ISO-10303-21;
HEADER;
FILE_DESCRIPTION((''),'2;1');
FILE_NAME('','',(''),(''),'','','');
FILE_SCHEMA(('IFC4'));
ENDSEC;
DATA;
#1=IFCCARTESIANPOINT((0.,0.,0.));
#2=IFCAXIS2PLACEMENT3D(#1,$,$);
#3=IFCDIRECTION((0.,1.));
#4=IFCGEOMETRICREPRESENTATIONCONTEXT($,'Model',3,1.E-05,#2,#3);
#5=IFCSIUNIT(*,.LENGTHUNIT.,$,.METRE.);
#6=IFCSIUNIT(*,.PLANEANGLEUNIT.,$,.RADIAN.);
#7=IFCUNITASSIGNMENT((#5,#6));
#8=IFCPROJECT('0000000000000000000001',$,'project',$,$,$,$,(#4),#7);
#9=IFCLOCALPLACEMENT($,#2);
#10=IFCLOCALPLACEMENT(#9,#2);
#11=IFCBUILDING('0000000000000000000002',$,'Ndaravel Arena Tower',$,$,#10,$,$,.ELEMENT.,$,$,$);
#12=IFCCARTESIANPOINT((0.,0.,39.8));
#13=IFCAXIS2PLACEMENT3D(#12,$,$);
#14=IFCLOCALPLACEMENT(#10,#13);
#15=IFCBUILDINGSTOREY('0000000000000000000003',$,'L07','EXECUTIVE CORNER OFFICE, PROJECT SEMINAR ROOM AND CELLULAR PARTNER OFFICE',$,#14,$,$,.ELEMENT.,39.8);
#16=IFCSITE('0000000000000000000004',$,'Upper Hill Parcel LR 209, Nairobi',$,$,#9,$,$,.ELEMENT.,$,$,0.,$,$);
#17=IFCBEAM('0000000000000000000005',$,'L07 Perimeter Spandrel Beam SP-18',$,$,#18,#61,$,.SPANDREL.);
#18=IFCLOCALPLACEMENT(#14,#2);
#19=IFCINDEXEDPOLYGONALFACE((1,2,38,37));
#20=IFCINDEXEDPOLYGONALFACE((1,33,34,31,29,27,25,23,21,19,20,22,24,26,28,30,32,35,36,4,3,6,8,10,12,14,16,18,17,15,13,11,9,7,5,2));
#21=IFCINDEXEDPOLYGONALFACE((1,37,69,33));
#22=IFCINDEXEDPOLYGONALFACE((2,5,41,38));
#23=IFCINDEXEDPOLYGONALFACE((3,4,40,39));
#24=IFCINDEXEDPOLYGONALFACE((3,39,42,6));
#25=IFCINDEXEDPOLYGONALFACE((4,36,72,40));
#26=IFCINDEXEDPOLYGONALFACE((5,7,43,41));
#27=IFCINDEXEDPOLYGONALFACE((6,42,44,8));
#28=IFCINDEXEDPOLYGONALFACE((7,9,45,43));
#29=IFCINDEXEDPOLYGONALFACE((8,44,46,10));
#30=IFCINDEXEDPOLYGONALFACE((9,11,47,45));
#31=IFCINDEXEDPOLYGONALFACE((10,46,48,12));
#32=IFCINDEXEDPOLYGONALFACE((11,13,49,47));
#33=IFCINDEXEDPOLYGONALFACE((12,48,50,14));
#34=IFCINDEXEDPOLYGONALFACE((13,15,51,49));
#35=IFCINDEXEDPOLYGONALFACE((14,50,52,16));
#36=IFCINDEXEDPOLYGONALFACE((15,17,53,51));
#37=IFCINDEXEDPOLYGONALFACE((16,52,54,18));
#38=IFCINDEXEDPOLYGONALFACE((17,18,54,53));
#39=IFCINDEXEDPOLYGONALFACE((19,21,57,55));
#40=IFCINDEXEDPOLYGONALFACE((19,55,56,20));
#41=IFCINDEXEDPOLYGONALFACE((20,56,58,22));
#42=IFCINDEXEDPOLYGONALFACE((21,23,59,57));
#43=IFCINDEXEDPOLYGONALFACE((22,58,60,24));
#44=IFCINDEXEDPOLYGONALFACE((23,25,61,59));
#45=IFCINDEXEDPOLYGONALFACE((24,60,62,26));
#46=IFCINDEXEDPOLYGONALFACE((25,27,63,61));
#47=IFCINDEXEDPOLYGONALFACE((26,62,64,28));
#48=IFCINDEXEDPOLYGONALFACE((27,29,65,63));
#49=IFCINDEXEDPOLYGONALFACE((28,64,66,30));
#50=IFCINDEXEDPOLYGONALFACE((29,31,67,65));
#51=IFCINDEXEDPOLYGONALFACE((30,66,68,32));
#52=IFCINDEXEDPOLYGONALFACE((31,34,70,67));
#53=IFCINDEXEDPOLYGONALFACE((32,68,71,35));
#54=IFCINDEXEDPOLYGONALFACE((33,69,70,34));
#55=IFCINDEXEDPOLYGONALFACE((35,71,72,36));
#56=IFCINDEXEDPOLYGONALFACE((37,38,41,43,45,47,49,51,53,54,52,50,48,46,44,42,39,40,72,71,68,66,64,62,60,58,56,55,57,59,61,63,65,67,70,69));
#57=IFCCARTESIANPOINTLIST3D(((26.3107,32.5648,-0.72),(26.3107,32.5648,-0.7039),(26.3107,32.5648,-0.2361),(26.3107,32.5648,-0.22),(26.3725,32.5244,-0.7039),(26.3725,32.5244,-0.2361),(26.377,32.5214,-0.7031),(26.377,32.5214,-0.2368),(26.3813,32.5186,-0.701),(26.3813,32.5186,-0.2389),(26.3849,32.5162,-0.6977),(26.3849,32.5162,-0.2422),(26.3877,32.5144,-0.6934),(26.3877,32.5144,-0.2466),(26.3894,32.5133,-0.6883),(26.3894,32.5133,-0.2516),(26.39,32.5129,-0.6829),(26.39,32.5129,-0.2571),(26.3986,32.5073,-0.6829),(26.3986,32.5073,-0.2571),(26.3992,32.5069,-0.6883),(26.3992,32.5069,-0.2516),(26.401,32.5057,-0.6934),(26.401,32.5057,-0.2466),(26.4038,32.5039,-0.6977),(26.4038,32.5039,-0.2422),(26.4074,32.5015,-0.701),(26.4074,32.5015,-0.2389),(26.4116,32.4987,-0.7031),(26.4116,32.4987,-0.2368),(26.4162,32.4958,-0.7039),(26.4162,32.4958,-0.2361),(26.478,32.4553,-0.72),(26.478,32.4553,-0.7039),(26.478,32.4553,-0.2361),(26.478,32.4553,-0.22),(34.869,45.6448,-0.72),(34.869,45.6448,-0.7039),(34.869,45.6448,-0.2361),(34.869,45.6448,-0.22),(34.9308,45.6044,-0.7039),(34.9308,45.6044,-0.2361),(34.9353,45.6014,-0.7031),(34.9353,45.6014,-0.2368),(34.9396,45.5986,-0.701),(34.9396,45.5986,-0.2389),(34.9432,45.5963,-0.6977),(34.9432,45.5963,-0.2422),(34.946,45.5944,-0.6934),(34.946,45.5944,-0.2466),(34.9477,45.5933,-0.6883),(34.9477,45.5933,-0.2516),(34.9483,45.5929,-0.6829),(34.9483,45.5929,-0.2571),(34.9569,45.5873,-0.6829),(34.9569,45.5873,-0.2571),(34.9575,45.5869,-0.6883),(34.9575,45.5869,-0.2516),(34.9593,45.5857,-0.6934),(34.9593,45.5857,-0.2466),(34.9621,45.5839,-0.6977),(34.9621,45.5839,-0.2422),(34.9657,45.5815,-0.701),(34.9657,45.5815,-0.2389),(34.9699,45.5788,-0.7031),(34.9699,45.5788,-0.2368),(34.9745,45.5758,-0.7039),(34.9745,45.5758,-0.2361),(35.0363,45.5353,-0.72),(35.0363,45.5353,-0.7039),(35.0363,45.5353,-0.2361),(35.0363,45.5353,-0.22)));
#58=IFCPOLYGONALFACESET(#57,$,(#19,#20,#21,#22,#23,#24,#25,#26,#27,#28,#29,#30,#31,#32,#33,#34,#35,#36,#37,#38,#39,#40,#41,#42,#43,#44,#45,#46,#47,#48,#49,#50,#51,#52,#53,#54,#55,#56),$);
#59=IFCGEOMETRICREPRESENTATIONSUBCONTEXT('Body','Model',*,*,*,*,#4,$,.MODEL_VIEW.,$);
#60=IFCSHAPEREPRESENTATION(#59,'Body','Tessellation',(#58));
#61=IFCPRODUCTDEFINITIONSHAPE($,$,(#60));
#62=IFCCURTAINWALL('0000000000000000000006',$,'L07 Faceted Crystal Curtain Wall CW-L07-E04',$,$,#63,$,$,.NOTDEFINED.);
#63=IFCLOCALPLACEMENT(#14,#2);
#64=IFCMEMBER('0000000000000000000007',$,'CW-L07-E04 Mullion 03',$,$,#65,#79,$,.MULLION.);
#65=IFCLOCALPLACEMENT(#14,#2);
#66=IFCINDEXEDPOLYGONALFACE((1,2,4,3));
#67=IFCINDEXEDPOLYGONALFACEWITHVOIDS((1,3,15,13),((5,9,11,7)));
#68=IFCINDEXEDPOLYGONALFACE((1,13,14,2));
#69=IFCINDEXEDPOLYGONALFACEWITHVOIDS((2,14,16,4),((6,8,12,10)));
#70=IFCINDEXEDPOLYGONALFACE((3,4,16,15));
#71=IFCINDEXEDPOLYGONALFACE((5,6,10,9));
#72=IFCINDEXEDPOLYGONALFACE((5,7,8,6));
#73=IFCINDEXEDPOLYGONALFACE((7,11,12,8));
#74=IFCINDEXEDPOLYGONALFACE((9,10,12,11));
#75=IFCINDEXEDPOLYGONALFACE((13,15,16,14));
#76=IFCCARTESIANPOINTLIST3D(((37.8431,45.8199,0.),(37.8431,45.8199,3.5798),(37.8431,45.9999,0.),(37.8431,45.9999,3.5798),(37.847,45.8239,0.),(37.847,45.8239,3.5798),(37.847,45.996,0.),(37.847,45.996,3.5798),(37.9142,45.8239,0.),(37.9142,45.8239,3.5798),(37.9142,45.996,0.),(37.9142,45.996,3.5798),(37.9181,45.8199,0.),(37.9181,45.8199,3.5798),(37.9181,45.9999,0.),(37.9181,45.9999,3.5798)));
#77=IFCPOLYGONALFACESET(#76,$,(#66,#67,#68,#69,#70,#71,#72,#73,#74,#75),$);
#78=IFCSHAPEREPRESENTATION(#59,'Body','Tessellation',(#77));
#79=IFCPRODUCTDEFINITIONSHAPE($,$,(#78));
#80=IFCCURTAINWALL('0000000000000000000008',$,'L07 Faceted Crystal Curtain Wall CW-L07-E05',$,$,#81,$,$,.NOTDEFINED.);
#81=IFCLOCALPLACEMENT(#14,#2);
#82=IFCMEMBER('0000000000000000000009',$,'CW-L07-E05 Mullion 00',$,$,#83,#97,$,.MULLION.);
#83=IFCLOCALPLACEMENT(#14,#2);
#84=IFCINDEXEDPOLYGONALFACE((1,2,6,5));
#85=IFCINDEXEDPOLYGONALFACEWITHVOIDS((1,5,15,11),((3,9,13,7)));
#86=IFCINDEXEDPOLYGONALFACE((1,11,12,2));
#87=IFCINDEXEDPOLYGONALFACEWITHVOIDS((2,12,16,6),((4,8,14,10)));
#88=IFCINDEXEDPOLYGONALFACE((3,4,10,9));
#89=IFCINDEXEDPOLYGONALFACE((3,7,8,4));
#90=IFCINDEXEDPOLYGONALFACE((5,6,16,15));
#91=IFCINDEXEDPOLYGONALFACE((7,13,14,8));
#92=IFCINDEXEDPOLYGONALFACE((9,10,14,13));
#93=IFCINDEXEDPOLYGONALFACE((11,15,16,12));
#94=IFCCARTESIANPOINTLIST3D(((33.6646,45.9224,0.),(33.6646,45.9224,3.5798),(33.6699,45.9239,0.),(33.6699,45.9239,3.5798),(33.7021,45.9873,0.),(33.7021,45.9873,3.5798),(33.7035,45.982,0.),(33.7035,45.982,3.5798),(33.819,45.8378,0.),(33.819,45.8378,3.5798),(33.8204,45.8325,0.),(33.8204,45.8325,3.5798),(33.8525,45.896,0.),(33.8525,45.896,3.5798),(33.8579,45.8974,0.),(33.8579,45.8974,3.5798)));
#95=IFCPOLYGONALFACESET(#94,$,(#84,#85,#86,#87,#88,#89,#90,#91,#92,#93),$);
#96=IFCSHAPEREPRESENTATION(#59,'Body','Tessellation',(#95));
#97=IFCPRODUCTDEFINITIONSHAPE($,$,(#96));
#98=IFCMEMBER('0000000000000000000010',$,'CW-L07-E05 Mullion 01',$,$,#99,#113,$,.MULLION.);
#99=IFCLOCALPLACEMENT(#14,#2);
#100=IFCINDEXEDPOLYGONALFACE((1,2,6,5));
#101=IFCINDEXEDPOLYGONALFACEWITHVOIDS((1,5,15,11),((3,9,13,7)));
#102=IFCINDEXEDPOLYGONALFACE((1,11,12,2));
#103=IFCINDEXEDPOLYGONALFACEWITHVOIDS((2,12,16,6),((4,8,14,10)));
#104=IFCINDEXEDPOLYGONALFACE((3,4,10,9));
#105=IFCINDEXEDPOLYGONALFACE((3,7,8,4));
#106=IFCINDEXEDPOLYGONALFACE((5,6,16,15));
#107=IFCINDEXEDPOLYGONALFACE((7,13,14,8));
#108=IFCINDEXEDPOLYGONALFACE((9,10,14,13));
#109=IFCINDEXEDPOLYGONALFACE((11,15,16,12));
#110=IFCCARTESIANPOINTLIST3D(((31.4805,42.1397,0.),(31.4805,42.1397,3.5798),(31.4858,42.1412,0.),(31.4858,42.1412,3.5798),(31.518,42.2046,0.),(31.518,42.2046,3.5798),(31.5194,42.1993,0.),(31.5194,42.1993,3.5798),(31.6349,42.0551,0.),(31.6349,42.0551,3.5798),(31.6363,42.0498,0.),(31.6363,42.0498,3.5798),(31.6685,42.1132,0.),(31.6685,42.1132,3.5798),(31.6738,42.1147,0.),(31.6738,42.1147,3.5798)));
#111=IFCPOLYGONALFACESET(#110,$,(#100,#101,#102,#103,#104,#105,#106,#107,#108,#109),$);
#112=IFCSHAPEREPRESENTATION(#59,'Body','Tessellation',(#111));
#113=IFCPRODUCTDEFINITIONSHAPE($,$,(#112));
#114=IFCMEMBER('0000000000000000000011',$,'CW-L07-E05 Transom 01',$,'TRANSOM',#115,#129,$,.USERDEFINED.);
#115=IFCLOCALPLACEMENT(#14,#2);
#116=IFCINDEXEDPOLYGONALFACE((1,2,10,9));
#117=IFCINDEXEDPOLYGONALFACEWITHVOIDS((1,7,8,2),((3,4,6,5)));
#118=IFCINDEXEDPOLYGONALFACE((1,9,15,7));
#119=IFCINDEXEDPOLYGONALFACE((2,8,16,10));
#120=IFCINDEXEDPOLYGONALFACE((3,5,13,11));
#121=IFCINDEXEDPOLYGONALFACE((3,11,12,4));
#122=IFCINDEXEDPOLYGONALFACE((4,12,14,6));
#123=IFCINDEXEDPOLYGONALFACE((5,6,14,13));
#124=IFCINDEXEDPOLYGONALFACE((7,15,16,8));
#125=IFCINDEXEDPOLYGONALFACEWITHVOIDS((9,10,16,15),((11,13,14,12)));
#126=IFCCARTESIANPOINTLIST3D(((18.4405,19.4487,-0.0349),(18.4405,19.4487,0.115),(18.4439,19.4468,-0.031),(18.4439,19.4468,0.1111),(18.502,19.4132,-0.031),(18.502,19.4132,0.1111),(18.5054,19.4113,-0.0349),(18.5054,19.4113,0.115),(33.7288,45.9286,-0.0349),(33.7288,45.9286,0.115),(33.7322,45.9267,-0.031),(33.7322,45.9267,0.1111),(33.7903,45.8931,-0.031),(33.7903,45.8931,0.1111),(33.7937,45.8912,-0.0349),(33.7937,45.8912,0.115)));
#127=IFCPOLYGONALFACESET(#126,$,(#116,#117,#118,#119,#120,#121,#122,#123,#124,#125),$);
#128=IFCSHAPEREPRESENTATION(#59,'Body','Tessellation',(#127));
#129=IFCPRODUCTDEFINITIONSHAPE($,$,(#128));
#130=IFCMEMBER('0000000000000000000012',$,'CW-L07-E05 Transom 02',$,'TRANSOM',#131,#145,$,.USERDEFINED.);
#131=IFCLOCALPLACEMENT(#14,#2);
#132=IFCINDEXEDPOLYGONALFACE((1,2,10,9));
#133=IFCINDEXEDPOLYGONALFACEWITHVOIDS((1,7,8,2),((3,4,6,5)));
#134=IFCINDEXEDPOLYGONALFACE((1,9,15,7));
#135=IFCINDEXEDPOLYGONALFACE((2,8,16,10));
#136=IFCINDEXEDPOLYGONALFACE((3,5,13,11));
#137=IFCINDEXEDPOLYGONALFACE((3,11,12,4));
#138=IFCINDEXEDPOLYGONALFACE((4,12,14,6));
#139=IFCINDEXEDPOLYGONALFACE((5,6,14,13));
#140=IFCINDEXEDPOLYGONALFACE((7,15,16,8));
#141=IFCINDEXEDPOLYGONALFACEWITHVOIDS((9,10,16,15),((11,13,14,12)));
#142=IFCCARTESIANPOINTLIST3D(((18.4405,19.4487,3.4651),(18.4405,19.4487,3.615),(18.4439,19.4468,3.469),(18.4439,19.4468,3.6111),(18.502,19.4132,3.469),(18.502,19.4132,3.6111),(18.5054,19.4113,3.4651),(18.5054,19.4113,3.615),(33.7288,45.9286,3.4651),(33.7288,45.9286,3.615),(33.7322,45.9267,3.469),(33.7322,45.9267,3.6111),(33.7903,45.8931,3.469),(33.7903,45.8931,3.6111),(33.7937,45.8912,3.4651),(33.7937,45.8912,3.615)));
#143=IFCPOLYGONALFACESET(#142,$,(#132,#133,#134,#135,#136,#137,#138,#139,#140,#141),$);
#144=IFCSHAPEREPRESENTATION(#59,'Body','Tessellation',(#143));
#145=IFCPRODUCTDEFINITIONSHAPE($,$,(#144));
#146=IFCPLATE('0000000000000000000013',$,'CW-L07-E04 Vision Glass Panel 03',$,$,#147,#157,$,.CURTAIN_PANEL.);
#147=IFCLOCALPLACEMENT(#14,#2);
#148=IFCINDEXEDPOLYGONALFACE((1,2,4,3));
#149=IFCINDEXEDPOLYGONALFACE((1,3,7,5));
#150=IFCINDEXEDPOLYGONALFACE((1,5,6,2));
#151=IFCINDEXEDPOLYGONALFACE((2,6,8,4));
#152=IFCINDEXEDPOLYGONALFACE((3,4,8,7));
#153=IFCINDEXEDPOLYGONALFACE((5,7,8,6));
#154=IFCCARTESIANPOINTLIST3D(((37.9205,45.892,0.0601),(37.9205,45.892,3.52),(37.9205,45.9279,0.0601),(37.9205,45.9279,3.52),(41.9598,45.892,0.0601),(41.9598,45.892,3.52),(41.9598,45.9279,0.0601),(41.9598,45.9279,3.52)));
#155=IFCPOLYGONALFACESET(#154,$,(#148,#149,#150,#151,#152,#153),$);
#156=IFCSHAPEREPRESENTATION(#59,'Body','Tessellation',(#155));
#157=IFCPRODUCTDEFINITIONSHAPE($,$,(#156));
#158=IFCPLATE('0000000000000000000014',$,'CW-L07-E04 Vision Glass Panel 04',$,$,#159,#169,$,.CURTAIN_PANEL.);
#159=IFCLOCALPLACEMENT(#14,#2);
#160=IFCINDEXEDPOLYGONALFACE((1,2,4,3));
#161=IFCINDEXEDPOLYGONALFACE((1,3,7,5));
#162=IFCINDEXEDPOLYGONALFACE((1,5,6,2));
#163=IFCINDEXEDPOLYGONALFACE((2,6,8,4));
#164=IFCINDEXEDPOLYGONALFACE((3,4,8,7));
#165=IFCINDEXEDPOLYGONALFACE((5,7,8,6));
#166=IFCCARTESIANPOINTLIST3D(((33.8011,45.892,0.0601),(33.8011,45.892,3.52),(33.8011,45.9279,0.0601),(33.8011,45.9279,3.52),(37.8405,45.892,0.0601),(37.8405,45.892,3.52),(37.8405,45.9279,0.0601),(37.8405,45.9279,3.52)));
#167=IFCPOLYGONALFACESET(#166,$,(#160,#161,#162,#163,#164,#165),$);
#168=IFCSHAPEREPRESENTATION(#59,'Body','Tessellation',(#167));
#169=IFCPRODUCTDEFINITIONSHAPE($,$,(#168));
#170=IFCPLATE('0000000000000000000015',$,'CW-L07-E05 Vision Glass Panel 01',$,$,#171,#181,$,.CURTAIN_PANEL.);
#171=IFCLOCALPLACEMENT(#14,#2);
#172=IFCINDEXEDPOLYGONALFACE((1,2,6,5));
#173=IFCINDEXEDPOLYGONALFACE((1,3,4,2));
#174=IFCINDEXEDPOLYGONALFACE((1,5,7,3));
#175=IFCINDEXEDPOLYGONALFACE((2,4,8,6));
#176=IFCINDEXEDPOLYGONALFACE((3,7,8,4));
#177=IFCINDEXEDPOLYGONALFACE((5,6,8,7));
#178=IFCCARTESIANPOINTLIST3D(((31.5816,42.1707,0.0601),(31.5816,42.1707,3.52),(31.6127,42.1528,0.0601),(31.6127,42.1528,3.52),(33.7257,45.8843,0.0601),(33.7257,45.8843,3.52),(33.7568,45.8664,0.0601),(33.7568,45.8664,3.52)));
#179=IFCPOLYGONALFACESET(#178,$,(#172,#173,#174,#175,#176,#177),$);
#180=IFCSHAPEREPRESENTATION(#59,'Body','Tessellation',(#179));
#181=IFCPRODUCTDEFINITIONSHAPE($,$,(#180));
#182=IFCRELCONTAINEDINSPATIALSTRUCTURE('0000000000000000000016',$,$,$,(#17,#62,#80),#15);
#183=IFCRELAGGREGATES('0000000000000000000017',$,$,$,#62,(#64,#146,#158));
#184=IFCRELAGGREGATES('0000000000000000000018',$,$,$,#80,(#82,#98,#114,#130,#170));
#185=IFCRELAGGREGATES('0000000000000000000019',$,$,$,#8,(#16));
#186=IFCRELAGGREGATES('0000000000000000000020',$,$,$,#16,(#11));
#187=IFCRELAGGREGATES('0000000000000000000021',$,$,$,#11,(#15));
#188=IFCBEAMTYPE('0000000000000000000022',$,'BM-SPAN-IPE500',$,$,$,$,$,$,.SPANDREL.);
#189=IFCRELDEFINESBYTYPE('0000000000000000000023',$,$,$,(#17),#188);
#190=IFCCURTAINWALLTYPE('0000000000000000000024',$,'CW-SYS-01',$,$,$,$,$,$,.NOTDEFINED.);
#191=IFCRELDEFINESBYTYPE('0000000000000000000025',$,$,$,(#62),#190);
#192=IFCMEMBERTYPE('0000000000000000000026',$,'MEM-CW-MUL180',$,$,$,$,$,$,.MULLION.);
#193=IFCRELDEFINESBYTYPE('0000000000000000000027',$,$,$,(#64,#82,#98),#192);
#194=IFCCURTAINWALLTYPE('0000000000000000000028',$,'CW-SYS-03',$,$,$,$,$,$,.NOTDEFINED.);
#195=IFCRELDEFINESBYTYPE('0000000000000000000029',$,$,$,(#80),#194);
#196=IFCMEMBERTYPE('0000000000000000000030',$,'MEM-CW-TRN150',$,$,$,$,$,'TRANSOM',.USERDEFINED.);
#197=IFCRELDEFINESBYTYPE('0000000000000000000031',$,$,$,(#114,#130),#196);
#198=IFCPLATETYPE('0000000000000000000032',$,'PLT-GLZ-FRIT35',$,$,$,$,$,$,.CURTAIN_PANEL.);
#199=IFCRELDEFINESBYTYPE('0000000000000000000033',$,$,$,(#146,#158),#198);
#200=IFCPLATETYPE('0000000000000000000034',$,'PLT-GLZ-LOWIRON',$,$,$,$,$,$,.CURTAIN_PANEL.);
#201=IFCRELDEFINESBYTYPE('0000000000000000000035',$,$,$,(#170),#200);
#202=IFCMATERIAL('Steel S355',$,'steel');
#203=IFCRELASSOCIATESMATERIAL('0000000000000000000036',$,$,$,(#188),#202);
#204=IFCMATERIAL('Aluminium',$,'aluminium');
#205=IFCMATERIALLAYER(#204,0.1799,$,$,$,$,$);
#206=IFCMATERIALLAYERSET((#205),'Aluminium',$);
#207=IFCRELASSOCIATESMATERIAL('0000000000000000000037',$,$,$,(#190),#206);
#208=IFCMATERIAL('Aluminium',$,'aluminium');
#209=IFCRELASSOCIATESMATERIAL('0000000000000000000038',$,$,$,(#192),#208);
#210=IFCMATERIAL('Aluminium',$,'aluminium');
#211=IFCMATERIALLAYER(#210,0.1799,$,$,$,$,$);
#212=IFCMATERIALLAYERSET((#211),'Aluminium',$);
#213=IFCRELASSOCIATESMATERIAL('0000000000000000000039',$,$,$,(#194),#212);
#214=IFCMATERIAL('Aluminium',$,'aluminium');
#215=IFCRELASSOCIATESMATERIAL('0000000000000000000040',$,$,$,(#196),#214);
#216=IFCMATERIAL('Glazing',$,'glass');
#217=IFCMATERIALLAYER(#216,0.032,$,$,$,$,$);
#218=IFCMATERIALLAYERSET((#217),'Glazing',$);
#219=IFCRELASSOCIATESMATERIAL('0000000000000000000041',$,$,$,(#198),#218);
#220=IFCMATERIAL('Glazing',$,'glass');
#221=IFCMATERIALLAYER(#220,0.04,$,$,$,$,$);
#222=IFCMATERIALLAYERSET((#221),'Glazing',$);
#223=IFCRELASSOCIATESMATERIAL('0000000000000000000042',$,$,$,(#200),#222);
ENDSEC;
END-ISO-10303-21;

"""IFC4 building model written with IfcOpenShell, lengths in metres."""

from ifc_helpers import new_model, si_unit, direction, frame, origin, origin_2d, place, context, subcontext, project, spatial, rectangle, hollow_rectangle, i_section, extrude, material, layer, layer_set, material_profile, profile_set, type_object, element, aggregate, save


model = new_model("IFC4")

# Units and contexts
model_context = context("Model", 3, precision=1e-05, world=origin(), true_north=direction((0.0, 1.0)))
body_context = subcontext(model_context, "Body", "Model", "MODEL_VIEW")
ifc_project = project(units=[si_unit("LENGTHUNIT", "METRE"), si_unit("PLANEANGLEUNIT", "RADIAN")], contexts=[model_context])

# Site, building, storey
site_placement = place(None, origin())
site = spatial("IfcSite", under=ifc_project, at=site_placement, Name="Upper Hill Parcel LR 209, Nairobi", CompositionType="ELEMENT", RefElevation=0.0)
building_placement = place(site_placement, origin())
building = spatial("IfcBuilding", under=site, at=building_placement, Name="Ndaravel Arena Tower", CompositionType="ELEMENT")
storey_placement = place(building_placement, frame((0.0, 0.0, 39.8)))
storey = spatial("IfcBuildingStorey", under=building, at=storey_placement, Name="L07", Description="EXECUTIVE CORNER OFFICE, PROJECT SEMINAR ROOM AND CELLULAR PARTNER OFFICE", CompositionType="ELEMENT", Elevation=39.8)

# Beam
ifc_material_1 = material(Name="Steel S355", Category="steel")
ifc_material_profile_1 = material_profile(ifc_material_1, i_section(OverallWidth=0.2, OverallDepth=0.5, WebThickness=0.0103, FlangeThickness=0.0161, FilletRadius=0.021, at=origin_2d()), Name="IPE 500")
ifc_profile_set_1 = profile_set([ifc_material_profile_1], Name="Steel S355")
beam_type_1 = type_object("IfcBeamType", Name="BM-SPAN-IPE500", PredefinedType="SPANDREL", material=ifc_profile_set_1)
beam_1_placement = place(storey_placement, frame((34.9526, 45.5901, -0.47), z_axis=(-0.547518, -0.836794, 0.0), x_axis=(0.836794, -0.547518, 0.0)))
element("IfcBeam", 1, at=beam_1_placement, inside=storey, type_object=beam_type_1, Name="L07 Perimeter Spandrel Beam SP-18", PredefinedType="SPANDREL", context=body_context, shape_type="SweptSolid", body=[
    extrude(i_section(OverallWidth=0.2, OverallDepth=0.5, WebThickness=0.0103, FlangeThickness=0.0161, FilletRadius=0.021, at=origin_2d()), origin(), (0.0, 0.0, 1.0), 15.6311),
])

# Curtain wall, member
ifc_material_2 = material(Name="Aluminium", Category="aluminium")
ifc_layer_1 = layer(ifc_material_2, 0.1799)
ifc_layer_set_1 = layer_set([ifc_layer_1], Name="Aluminium")
curtain_wall_type_1 = type_object("IfcCurtainWallType", Name="CW-SYS-01", PredefinedType="NOTDEFINED", material=ifc_layer_set_1)
curtain_wall_1_placement = place(storey_placement, origin())
curtain_wall_1 = element("IfcCurtainWall", 2, at=curtain_wall_1_placement, inside=storey, type_object=curtain_wall_type_1, Name="L07 Faceted Crystal Curtain Wall CW-L07-E04", PredefinedType="NOTDEFINED")
ifc_material_3 = material(Name="Aluminium", Category="aluminium")
ifc_material_profile_2 = material_profile(ifc_material_3, hollow_rectangle(XDim=0.075, YDim=0.1799, WallThickness=0.0039, at=origin_2d()), Name="CW MULLION 75x180x4")
ifc_profile_set_2 = profile_set([ifc_material_profile_2], Name="Aluminium")
member_type_1 = type_object("IfcMemberType", Name="MEM-CW-MUL180", PredefinedType="MULLION", material=ifc_profile_set_2)
member_1_placement = place(storey_placement, frame((37.8806, 45.9099, 0.0), z_axis=(0.0, 0.0, 1.0), x_axis=(-1.0, 0.0, 0.0)))
member_1 = element("IfcMember", 3, at=member_1_placement, type_object=member_type_1, Name="CW-L07-E04 Mullion 03", PredefinedType="MULLION", context=body_context, shape_type="SweptSolid", body=[
    extrude(hollow_rectangle(XDim=0.075, YDim=0.1799, WallThickness=0.0039, at=origin_2d()), origin(), (0.0, 0.0, 1.0), 3.5798),
])

# Curtain wall, members
ifc_material_4 = material(Name="Aluminium", Category="aluminium")
ifc_layer_2 = layer(ifc_material_4, 0.1799)
ifc_layer_set_2 = layer_set([ifc_layer_2], Name="Aluminium")
curtain_wall_type_2 = type_object("IfcCurtainWallType", Name="CW-SYS-03", PredefinedType="NOTDEFINED", material=ifc_layer_set_2)
curtain_wall_2_placement = place(storey_placement, origin())
curtain_wall_2 = element("IfcCurtainWall", 4, at=curtain_wall_2_placement, inside=storey, type_object=curtain_wall_type_2, Name="L07 Faceted Crystal Curtain Wall CW-L07-E05", PredefinedType="NOTDEFINED")
member_2_placement = place(storey_placement, frame((33.7612, 45.9099, 0.0), z_axis=(0.0, 0.0, 1.0), x_axis=(-0.5, -0.866025, 0.0)))
member_2 = element("IfcMember", 5, at=member_2_placement, type_object=member_type_1, Name="CW-L07-E05 Mullion 00", PredefinedType="MULLION", context=body_context, shape_type="SweptSolid", body=[
    extrude(hollow_rectangle(XDim=0.075, YDim=0.1799, WallThickness=0.0039, at=origin_2d()), origin(), (0.0, 0.0, 1.0), 3.5798),
])
member_3_placement = place(storey_placement, frame((31.5771, 42.1272, 0.0), z_axis=(0.0, 0.0, 1.0), x_axis=(-0.5, -0.866025, 0.0)))
member_3 = element("IfcMember", 6, at=member_3_placement, type_object=member_type_1, Name="CW-L07-E05 Mullion 01", PredefinedType="MULLION", context=body_context, shape_type="SweptSolid", body=[
    extrude(hollow_rectangle(XDim=0.075, YDim=0.1799, WallThickness=0.0039, at=origin_2d()), origin(), (0.0, 0.0, 1.0), 3.5798),
])
ifc_material_5 = material(Name="Aluminium", Category="aluminium")
ifc_material_profile_3 = material_profile(ifc_material_5, hollow_rectangle(XDim=0.075, YDim=0.1499, WallThickness=0.0039, at=origin_2d()), Name="CW TRANSOM 75x150x4")
ifc_profile_set_3 = profile_set([ifc_material_profile_3], Name="Aluminium")
member_type_2 = type_object("IfcMemberType", Name="MEM-CW-TRN150", ElementType="TRANSOM", PredefinedType="USERDEFINED", material=ifc_profile_set_3)
member_4_placement = place(storey_placement, frame((33.7612, 45.9099, 0.04), z_axis=(-0.500003, -0.866024, 0.0), x_axis=(0.866024, -0.500003, 0.0)))
member_4 = element("IfcMember", 7, at=member_4_placement, type_object=member_type_2, Name="CW-L07-E05 Transom 01", ObjectType="TRANSOM", PredefinedType="USERDEFINED", context=body_context, shape_type="SweptSolid", body=[
    extrude(hollow_rectangle(XDim=0.075, YDim=0.1499, WallThickness=0.0039, at=origin_2d()), origin(), (0.0, 0.0, 1.0), 30.5764),
])
member_5_placement = place(storey_placement, frame((33.7612, 45.9099, 3.54), z_axis=(-0.500003, -0.866024, 0.0), x_axis=(0.866024, -0.500003, 0.0)))
member_5 = element("IfcMember", 8, at=member_5_placement, type_object=member_type_2, Name="CW-L07-E05 Transom 02", ObjectType="TRANSOM", PredefinedType="USERDEFINED", context=body_context, shape_type="SweptSolid", body=[
    extrude(hollow_rectangle(XDim=0.075, YDim=0.1499, WallThickness=0.0039, at=origin_2d()), origin(), (0.0, 0.0, 1.0), 30.5764),
])

# Plates
ifc_material_6 = material(Name="Glazing", Category="glass")
ifc_layer_3 = layer(ifc_material_6, 0.032)
ifc_layer_set_3 = layer_set([ifc_layer_3], Name="Glazing")
plate_type_1 = type_object("IfcPlateType", Name="PLT-GLZ-FRIT35", PredefinedType="CURTAIN_PANEL", material=ifc_layer_set_3)
plate_1_placement = place(storey_placement, frame((39.9402, 45.9099, 0.0601), z_axis=(0.0, 0.0, 1.0), x_axis=(-1.0, 0.0, 0.0)))
plate_1 = element("IfcPlate", 9, at=plate_1_placement, type_object=plate_type_1, Name="CW-L07-E04 Vision Glass Panel 03", PredefinedType="CURTAIN_PANEL", context=body_context, shape_type="SweptSolid", body=[
    extrude(rectangle(XDim=4.0393, YDim=0.0359, at=origin_2d()), origin(), (0.0, 0.0, 1.0), 3.46),
])
plate_2_placement = place(storey_placement, frame((35.8208, 45.9099, 0.0601), z_axis=(0.0, 0.0, 1.0), x_axis=(-1.0, 0.0, 0.0)))
plate_2 = element("IfcPlate", 10, at=plate_2_placement, type_object=plate_type_1, Name="CW-L07-E04 Vision Glass Panel 04", PredefinedType="CURTAIN_PANEL", context=body_context, shape_type="SweptSolid", body=[
    extrude(rectangle(XDim=4.0393, YDim=0.0359, at=origin_2d()), origin(), (0.0, 0.0, 1.0), 3.46),
])
aggregate(curtain_wall_1, [member_1, plate_1, plate_2])
ifc_material_7 = material(Name="Glazing", Category="glass")
ifc_layer_4 = layer(ifc_material_7, 0.04)
ifc_layer_set_4 = layer_set([ifc_layer_4], Name="Glazing")
plate_type_2 = type_object("IfcPlateType", Name="PLT-GLZ-LOWIRON", PredefinedType="CURTAIN_PANEL", material=ifc_layer_set_4)
plate_3_placement = place(storey_placement, frame((32.6692, 44.0186, 0.0601), z_axis=(0.0, 0.0, 1.0), x_axis=(-0.5, -0.866025, 0.0)))
plate_3 = element("IfcPlate", 11, at=plate_3_placement, type_object=plate_type_2, Name="CW-L07-E05 Vision Glass Panel 01", PredefinedType="CURTAIN_PANEL", context=body_context, shape_type="SweptSolid", body=[
    extrude(rectangle(XDim=4.2881, YDim=0.0359, at=origin_2d()), origin(), (0.0, 0.0, 1.0), 3.46),
])
aggregate(curtain_wall_2, [member_2, member_3, member_4, member_5, plate_3])

save(model, "model.ifc")
